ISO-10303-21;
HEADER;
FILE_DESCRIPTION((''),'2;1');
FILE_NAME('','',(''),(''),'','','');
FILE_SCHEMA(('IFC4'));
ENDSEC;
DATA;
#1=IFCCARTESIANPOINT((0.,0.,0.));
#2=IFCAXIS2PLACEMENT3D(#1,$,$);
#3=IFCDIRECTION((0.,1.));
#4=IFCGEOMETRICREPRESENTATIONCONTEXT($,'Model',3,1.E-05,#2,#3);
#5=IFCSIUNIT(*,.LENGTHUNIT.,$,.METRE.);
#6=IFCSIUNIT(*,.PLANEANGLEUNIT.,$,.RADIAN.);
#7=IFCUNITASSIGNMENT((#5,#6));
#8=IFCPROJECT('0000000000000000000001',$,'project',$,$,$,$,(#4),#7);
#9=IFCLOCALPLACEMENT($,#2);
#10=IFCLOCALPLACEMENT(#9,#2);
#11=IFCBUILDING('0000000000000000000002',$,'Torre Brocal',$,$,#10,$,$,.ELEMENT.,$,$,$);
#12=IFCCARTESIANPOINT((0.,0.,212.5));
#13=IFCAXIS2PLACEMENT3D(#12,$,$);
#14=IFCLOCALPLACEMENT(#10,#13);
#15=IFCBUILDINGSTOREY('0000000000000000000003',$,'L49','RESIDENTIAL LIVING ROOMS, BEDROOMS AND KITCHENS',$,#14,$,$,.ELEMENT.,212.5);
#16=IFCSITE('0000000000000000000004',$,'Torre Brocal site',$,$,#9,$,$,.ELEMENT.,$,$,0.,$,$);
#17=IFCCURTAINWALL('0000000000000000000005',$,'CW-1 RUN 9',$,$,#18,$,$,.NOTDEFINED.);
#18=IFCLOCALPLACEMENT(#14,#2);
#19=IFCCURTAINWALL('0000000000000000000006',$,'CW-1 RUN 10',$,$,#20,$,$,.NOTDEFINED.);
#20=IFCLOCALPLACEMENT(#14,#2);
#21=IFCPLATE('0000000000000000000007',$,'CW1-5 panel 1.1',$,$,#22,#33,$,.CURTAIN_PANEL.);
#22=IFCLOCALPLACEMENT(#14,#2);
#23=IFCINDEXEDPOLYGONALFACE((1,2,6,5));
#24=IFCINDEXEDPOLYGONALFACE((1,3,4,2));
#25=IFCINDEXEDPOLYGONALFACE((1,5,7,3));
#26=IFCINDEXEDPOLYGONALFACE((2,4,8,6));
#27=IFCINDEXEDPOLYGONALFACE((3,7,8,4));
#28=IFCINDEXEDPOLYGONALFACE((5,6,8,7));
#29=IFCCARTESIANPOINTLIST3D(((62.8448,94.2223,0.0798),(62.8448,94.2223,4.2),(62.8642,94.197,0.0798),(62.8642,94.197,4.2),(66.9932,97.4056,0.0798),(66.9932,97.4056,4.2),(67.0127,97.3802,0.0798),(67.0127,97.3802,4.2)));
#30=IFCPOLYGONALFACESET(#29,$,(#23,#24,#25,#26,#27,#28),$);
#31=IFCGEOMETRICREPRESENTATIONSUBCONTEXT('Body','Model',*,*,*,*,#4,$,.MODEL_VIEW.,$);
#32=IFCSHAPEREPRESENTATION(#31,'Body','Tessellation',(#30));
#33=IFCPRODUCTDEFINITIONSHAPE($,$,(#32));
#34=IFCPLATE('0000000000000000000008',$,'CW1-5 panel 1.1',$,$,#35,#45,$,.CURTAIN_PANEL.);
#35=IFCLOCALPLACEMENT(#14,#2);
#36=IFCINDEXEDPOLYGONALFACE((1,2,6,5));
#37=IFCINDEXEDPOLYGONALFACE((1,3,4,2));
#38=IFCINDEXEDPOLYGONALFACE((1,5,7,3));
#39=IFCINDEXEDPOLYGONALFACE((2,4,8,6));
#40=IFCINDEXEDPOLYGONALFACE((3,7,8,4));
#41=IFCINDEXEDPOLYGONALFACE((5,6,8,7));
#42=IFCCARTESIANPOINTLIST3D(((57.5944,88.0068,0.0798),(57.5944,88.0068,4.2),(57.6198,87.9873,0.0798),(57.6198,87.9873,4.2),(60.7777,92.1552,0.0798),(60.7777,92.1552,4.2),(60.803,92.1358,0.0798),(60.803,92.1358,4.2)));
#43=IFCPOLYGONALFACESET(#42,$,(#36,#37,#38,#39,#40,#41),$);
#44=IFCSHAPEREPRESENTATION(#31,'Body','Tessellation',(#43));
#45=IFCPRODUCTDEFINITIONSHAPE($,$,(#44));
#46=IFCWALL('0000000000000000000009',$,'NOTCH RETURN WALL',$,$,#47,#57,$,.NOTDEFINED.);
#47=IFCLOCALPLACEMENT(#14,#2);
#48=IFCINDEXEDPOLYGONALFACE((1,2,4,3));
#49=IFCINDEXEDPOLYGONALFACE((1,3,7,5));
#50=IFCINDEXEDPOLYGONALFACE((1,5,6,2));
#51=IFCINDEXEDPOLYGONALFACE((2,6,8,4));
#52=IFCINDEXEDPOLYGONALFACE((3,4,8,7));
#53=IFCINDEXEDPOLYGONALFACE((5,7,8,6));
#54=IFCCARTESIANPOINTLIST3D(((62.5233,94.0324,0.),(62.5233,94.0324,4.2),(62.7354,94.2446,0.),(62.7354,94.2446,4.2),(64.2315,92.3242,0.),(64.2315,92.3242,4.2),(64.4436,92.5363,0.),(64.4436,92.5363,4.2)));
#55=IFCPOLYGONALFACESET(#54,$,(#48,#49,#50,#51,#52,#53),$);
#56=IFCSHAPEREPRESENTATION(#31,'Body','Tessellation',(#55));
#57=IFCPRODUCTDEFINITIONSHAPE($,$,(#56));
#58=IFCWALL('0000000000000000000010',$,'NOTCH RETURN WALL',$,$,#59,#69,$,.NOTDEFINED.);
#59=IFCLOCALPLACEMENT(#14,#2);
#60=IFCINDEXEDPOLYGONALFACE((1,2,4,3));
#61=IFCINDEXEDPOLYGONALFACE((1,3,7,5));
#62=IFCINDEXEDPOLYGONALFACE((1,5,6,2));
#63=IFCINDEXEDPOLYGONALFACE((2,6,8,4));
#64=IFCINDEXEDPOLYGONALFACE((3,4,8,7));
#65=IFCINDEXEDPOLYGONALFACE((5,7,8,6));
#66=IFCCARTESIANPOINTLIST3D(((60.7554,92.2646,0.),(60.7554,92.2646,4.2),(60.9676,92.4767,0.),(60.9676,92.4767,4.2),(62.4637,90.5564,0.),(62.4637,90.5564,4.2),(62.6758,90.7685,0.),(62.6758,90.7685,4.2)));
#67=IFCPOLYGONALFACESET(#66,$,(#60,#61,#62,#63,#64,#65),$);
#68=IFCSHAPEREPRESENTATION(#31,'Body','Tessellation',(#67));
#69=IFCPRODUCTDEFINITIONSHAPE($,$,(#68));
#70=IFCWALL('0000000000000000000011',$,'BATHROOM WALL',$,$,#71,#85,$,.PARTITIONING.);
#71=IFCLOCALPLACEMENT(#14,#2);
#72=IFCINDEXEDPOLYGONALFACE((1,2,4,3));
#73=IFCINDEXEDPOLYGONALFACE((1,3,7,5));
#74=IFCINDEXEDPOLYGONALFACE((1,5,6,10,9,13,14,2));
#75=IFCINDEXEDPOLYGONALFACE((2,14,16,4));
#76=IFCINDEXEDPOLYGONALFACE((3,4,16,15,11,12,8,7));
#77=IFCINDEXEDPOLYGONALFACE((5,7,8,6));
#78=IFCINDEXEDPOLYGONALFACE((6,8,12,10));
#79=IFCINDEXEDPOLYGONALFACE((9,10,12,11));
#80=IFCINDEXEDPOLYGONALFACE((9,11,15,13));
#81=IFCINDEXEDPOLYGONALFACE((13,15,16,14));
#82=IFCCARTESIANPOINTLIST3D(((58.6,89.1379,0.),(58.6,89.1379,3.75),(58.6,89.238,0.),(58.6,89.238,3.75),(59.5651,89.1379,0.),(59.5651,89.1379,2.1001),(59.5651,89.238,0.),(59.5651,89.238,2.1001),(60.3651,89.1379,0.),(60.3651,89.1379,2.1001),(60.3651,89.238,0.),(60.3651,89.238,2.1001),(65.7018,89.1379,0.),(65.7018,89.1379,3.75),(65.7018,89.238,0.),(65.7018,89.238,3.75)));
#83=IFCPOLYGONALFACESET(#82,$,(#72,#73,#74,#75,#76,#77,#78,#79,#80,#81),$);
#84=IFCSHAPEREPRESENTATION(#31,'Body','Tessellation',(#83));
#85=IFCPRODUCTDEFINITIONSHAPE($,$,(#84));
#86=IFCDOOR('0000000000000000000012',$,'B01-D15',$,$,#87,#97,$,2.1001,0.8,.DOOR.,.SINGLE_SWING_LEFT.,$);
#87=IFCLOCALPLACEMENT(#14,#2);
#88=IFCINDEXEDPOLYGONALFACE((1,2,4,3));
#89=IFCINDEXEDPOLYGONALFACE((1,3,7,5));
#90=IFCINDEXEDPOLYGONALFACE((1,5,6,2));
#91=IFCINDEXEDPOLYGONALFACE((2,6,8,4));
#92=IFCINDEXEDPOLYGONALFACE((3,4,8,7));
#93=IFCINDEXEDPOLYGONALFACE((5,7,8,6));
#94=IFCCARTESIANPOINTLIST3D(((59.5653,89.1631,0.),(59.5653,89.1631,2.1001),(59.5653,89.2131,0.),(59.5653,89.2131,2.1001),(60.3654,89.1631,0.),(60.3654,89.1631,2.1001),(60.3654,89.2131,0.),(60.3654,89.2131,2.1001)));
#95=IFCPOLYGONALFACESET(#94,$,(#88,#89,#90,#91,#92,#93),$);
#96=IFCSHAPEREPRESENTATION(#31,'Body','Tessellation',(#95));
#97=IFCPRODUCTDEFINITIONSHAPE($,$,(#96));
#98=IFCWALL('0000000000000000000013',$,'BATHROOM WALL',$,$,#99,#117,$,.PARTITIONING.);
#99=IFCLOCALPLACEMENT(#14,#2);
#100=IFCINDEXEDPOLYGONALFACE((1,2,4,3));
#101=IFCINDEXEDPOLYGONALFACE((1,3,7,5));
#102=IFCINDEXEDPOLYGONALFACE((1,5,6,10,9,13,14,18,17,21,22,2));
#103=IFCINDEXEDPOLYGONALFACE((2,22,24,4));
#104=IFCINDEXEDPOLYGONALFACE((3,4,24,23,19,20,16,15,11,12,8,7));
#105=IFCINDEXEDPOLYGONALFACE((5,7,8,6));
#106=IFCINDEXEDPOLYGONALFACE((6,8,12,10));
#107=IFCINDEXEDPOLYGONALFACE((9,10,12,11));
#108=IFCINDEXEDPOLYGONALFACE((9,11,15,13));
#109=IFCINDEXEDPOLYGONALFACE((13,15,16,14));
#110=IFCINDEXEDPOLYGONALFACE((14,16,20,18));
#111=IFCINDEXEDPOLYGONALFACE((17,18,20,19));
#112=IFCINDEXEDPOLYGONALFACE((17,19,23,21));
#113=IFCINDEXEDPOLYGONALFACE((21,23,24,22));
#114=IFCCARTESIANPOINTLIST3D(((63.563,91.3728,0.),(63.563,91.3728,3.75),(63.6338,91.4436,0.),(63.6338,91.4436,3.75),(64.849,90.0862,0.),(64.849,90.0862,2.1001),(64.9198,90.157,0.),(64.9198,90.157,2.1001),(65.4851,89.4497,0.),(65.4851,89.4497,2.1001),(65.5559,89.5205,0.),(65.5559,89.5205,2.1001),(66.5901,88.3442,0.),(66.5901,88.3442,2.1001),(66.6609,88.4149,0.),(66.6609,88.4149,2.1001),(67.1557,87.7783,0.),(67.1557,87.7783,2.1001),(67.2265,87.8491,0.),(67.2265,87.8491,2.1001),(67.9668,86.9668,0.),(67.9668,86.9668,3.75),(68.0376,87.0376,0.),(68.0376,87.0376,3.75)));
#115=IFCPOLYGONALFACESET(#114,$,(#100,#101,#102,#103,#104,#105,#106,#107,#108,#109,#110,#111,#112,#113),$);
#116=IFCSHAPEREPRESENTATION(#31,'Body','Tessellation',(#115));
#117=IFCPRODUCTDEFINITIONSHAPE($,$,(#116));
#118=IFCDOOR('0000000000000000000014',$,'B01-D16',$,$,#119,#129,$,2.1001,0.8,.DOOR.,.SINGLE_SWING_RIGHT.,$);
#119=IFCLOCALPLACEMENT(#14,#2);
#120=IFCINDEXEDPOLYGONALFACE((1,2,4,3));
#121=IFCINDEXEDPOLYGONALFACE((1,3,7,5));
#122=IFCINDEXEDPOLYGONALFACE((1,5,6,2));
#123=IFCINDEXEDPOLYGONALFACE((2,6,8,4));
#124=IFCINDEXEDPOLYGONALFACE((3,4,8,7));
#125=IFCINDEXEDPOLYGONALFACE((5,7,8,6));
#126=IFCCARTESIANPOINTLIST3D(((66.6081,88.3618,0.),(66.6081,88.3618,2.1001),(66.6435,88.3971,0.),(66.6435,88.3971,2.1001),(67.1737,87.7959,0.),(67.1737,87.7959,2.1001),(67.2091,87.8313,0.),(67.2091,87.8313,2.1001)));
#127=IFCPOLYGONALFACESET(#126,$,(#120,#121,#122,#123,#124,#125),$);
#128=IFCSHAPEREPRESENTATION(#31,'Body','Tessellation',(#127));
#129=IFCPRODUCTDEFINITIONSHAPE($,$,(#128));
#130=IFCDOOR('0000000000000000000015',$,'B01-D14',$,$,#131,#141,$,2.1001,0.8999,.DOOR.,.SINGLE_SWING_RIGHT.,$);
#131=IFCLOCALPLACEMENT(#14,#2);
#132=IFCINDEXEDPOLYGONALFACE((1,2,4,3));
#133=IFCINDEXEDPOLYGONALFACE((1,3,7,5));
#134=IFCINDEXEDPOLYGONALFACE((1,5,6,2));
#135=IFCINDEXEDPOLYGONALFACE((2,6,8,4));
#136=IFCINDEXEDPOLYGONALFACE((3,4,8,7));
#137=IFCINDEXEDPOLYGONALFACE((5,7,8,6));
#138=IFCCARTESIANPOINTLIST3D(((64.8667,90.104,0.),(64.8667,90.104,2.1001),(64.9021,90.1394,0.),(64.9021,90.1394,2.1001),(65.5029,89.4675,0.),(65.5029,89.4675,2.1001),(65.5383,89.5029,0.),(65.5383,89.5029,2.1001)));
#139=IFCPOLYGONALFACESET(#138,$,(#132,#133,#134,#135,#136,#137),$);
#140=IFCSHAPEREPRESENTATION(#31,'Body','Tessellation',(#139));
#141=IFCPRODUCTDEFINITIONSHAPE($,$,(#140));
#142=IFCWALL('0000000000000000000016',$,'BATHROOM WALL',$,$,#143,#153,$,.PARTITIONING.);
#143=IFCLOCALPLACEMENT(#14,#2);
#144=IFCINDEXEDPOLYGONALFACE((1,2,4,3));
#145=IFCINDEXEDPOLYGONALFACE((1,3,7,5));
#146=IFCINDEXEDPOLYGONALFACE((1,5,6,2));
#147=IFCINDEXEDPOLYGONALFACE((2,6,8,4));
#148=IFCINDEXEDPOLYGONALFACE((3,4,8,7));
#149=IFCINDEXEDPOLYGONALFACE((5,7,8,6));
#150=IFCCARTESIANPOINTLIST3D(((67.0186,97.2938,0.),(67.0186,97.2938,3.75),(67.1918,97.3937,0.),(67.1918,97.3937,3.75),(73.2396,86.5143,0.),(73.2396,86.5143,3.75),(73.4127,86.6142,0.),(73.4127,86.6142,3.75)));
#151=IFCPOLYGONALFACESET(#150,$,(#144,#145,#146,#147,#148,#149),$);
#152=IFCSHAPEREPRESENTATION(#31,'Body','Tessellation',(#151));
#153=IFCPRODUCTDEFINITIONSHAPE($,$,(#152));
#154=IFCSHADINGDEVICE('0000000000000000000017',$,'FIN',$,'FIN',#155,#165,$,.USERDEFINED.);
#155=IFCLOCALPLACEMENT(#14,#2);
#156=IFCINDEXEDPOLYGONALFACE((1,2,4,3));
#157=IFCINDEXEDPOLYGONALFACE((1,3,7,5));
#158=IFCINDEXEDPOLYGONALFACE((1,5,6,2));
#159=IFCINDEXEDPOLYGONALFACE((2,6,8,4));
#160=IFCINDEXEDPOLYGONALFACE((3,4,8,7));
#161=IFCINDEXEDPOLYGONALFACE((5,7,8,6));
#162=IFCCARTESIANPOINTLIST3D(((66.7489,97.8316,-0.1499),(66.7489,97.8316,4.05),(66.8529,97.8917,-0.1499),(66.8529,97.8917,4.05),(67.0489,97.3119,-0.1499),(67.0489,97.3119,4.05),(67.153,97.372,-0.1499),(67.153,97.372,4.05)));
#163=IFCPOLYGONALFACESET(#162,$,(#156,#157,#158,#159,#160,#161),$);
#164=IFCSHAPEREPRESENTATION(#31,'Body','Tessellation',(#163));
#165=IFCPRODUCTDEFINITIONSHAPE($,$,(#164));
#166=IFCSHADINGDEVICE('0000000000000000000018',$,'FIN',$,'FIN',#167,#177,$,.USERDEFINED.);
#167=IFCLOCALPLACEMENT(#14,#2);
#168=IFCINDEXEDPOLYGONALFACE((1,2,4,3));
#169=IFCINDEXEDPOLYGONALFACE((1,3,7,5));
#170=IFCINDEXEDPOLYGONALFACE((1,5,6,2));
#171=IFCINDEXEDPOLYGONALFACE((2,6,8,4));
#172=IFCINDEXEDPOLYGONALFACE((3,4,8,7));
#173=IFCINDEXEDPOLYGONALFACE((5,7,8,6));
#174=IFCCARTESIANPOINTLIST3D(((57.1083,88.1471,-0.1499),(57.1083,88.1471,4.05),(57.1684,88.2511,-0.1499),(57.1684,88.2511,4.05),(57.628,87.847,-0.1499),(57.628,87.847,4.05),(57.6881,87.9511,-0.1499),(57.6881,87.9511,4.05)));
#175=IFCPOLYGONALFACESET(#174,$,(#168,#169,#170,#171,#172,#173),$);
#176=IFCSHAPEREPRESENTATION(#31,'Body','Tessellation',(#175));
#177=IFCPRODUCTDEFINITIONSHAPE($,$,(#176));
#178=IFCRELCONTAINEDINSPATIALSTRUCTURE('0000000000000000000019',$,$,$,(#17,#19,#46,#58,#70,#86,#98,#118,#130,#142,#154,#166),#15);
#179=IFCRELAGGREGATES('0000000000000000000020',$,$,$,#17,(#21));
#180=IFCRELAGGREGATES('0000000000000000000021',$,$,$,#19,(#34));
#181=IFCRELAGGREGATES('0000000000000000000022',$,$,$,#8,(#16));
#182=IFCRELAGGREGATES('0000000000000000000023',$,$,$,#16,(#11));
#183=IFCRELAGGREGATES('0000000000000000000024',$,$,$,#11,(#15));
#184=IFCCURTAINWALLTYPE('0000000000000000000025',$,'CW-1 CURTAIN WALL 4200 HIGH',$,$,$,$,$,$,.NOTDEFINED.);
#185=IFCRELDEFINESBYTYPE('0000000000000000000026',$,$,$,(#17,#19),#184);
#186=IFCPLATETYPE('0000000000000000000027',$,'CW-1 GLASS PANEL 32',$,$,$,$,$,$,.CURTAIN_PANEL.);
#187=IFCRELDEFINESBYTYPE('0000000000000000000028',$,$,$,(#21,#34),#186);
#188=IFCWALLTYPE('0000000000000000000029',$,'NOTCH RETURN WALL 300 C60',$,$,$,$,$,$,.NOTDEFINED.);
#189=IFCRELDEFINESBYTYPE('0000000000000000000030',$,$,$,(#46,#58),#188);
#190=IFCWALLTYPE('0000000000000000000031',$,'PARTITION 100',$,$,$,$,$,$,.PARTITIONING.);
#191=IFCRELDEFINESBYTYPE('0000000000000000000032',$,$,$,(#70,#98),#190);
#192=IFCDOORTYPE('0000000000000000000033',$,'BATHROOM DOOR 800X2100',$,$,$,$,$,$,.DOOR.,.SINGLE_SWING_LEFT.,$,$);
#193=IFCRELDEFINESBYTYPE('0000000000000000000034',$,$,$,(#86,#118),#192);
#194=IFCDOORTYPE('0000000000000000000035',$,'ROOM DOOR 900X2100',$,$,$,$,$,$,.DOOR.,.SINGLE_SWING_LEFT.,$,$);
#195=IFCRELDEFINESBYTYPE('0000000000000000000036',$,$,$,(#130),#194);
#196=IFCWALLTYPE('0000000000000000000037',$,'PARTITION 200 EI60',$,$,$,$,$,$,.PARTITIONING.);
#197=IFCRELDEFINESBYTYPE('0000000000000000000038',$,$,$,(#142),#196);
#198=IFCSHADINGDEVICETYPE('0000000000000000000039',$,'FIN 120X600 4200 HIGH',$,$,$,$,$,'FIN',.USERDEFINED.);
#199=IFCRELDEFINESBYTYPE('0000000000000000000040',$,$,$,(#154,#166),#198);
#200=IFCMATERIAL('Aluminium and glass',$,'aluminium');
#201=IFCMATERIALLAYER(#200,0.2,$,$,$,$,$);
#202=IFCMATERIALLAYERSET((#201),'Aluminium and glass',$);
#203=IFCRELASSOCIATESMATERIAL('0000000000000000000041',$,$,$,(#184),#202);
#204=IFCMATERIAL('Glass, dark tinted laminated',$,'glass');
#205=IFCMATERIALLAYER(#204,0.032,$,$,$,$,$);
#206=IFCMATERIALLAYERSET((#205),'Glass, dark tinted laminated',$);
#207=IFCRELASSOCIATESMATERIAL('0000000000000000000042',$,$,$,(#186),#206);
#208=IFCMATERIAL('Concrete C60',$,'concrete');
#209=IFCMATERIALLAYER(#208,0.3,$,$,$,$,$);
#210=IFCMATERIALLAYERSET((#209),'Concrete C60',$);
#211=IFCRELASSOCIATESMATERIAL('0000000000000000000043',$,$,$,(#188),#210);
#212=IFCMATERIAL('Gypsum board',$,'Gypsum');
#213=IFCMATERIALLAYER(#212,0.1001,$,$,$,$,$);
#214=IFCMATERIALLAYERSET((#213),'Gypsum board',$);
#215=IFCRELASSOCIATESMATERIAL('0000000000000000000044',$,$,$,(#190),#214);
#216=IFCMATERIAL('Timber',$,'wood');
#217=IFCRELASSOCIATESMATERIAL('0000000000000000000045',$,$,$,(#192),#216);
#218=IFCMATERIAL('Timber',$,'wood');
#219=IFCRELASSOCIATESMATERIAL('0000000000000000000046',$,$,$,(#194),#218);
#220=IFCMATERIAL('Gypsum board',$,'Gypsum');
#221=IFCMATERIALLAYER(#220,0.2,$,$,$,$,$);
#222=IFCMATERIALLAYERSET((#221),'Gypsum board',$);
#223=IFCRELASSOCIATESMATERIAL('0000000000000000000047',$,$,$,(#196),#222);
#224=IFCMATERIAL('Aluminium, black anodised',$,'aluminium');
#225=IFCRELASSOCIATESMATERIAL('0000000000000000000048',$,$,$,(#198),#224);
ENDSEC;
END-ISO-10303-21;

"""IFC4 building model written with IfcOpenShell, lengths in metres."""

from ifc_helpers import new_model, si_unit, direction, frame, frame_2d, origin, origin_2d, place, context, subcontext, project, spatial, rectangle, extrude, material, layer, layer_set, material_profile, profile_set, type_object, element, fill, aggregate, save


model = new_model("IFC4")

# Units and contexts
model_context = context("Model", 3, precision=1e-05, world=origin(), true_north=direction((0.0, 1.0)))
body_context = subcontext(model_context, "Body", "Model", "MODEL_VIEW")
ifc_project = project(units=[si_unit("LENGTHUNIT", "METRE"), si_unit("PLANEANGLEUNIT", "RADIAN")], contexts=[model_context])

# Site, building, storey
site_placement = place(None, origin())
site = spatial("IfcSite", under=ifc_project, at=site_placement, Name="Torre Brocal site", CompositionType="ELEMENT", RefElevation=0.0)
building_placement = place(site_placement, origin())
building = spatial("IfcBuilding", under=site, at=building_placement, Name="Torre Brocal", CompositionType="ELEMENT")
storey_placement = place(building_placement, frame((0.0, 0.0, 212.5)))
storey = spatial("IfcBuildingStorey", under=building, at=storey_placement, Name="L49", Description="RESIDENTIAL LIVING ROOMS, BEDROOMS AND KITCHENS", CompositionType="ELEMENT", Elevation=212.5)

# Shared definitions
ifc_material_1 = material(Name="Aluminium and glass", Category="aluminium")
ifc_layer_1 = layer(ifc_material_1, 0.2)
ifc_layer_set_1 = layer_set([ifc_layer_1], Name="Aluminium and glass")
curtain_wall_type = type_object("IfcCurtainWallType", Name="CW-1 CURTAIN WALL 4200 HIGH", PredefinedType="NOTDEFINED", material=ifc_layer_set_1)

# Curtain walls
curtain_wall_1_placement = place(storey_placement, origin())
curtain_wall_1 = element("IfcCurtainWall", 1, at=curtain_wall_1_placement, inside=storey, type_object=curtain_wall_type, Name="CW-1 RUN 9", PredefinedType="NOTDEFINED")
curtain_wall_2_placement = place(storey_placement, origin())
curtain_wall_2 = element("IfcCurtainWall", 2, at=curtain_wall_2_placement, inside=storey, type_object=curtain_wall_type, Name="CW-1 RUN 10", PredefinedType="NOTDEFINED")

# Plates
ifc_material_2 = material(Name="Glass, dark tinted laminated", Category="glass")
ifc_layer_2 = layer(ifc_material_2, 0.032)
ifc_layer_set_2 = layer_set([ifc_layer_2], Name="Glass, dark tinted laminated")
plate_type = type_object("IfcPlateType", Name="CW-1 GLASS PANEL 32", PredefinedType="CURTAIN_PANEL", material=ifc_layer_set_2)
plate_1_placement = place(storey_placement, frame((64.9287, 95.8013, 0.0798), z_axis=(0.0, 0.0, 1.0), x_axis=(-0.793353, -0.608761, 0.0)))
plate_1 = element("IfcPlate", 3, at=plate_1_placement, type_object=plate_type, Name="CW1-5 panel 1.1", PredefinedType="CURTAIN_PANEL", context=body_context, shape_type="SweptSolid", body=[
    extrude(rectangle(XDim=5.229, YDim=0.032, at=origin_2d()), origin(), (0.0, 0.0, 1.0), 4.1201),
])
aggregate(curtain_wall_1, [plate_1])
plate_2_placement = place(storey_placement, frame((59.1987, 90.0713, 0.0798), z_axis=(0.0, 0.0, 1.0), x_axis=(-0.608761, -0.793353, 0.0)))
plate_2 = element("IfcPlate", 4, at=plate_2_placement, type_object=plate_type, Name="CW1-5 panel 1.1", PredefinedType="CURTAIN_PANEL", context=body_context, shape_type="SweptSolid", body=[
    extrude(rectangle(XDim=5.229, YDim=0.032, at=origin_2d()), origin(), (0.0, 0.0, 1.0), 4.1201),
])
aggregate(curtain_wall_2, [plate_2])

# Walls
ifc_material_3 = material(Name="Concrete C60", Category="concrete")
ifc_layer_3 = layer(ifc_material_3, 0.3)
ifc_layer_set_3 = layer_set([ifc_layer_3], Name="Concrete C60")
wall_type_1 = type_object("IfcWallType", Name="NOTCH RETURN WALL 300 C60", PredefinedType="NOTDEFINED", material=ifc_layer_set_3)
for number, where, z_axis, x_axis, name in (
    (5, (64.3376, 92.4302, 0.0), (0.0, 0.0, 1.0), (-0.707107, 0.707107, 0.0), "NOTCH RETURN WALL"),
    (6, (62.5698, 90.6624, 0.0), (0.0, 0.0, 1.0), (-0.707107, 0.707107, 0.0), "NOTCH RETURN WALL"),
):
    element("IfcWall", number, at=place(storey_placement, frame(where, z_axis=z_axis, x_axis=x_axis)), inside=storey, type_object=wall_type_1, Name=name, PredefinedType="NOTDEFINED", context=body_context, shape_type="SweptSolid", body=[
        extrude(rectangle(XDim=2.4158, YDim=0.3, at=frame_2d((1.208, 0.0))), origin(), (0.0, 0.0, 1.0), 4.2),
    ])

# Wall, opening, door
ifc_material_4 = material(Name="Gypsum board", Category="Gypsum")
ifc_layer_4 = layer(ifc_material_4, 0.1001)
ifc_layer_set_4 = layer_set([ifc_layer_4], Name="Gypsum board")
wall_type_2 = type_object("IfcWallType", Name="PARTITION 100", PredefinedType="PARTITIONING", material=ifc_layer_set_4)
wall_1_placement = place(storey_placement, frame((58.6001, 89.188, 0.0), z_axis=(0.0, 0.0, 1.0), x_axis=(1.0, 0.0, 0.0)))
wall_1 = element("IfcWall", 7, at=wall_1_placement, inside=storey, type_object=wall_type_2, Name="BATHROOM WALL", PredefinedType="PARTITIONING", context=body_context, shape_type="SweptSolid", body=[
    extrude(rectangle(XDim=7.1018, YDim=0.1001, at=frame_2d((3.5508, 0.0))), origin(), (0.0, 0.0, 1.0), 3.75),
])
opening_1_placement = place(wall_1_placement, frame((0.9651, 0.0, 0.0)))
opening_1 = element("IfcOpeningElement", 8, at=opening_1_placement, cuts=wall_1, PredefinedType="OPENING", context=body_context, shape_type="SweptSolid", body=[
    extrude(rectangle(XDim=0.8, YDim=2.1001, at=frame_2d((0.3999, 1.05))), frame((0.0, 0.0601, 0.0), z_axis=(0.0, -1.0, 0.0), x_axis=(1.0, 0.0, 0.0)), (0.0, 0.0, 1.0), 0.1201),
])
ifc_material_5 = material(Name="Timber", Category="wood")
door_type_1 = type_object("IfcDoorType", Name="BATHROOM DOOR 800X2100", OperationType="SINGLE_SWING_LEFT", PredefinedType="DOOR", material=ifc_material_5)
door_1_placement = place(opening_1_placement, frame((0.8, 0.0, 0.0), z_axis=(0.0, 0.0, 1.0), x_axis=(-1.0, 0.0, 0.0)))
door_1 = element("IfcDoor", 9, at=door_1_placement, inside=storey, type_object=door_type_1, Name="B01-D15", OperationType="SINGLE_SWING_LEFT", OverallHeight=2.1001, OverallWidth=0.8, PredefinedType="DOOR", context=body_context, shape_type="SweptSolid", body=[
    extrude(rectangle(XDim=0.8, YDim=2.1001, at=frame_2d((0.3999, 1.05))), frame((0.0, 0.0249, 0.0), z_axis=(0.0, -1.0, 0.0), x_axis=(1.0, 0.0, 0.0)), (0.0, 0.0, 1.0), 0.05),
])
fill(opening_1, door_1)

# Wall, openings, doors
wall_2_placement = place(storey_placement, frame((63.5984, 91.4082, 0.0), z_axis=(0.0, 0.0, 1.0), x_axis=(0.70693, -0.707283, 0.0)))
wall_2 = element("IfcWall", 10, at=wall_2_placement, inside=storey, type_object=wall_type_2, Name="BATHROOM WALL", PredefinedType="PARTITIONING", context=body_context, shape_type="SweptSolid", body=[
    extrude(rectangle(XDim=6.2295, YDim=0.1001, at=frame_2d((3.1147, 0.0))), origin(), (0.0, 0.0, 1.0), 3.75),
])
opening_2_placement = place(wall_2_placement, frame((1.8191, 0.0, 0.0)))
opening_2 = element("IfcOpeningElement", 11, at=opening_2_placement, cuts=wall_2, PredefinedType="OPENING", context=body_context, shape_type="SweptSolid", body=[
    extrude(rectangle(XDim=0.8999, YDim=2.1001, at=frame_2d((0.45, 1.05))), frame((0.0, 0.0601, 0.0), z_axis=(0.0, -1.0, 0.0), x_axis=(1.0, 0.0, 0.0)), (0.0, 0.0, 1.0), 0.1201),
])
opening_3_placement = place(wall_2_placement, frame((4.2822, 0.0, 0.0)))
opening_3 = element("IfcOpeningElement", 12, at=opening_3_placement, cuts=wall_2, PredefinedType="OPENING", context=body_context, shape_type="SweptSolid", body=[
    extrude(rectangle(XDim=0.8, YDim=2.1001, at=frame_2d((0.3999, 1.05))), frame((0.0, 0.0601, 0.0), z_axis=(0.0, -1.0, 0.0), x_axis=(1.0, 0.0, 0.0)), (0.0, 0.0, 1.0), 0.1201),
])
door_2_placement = place(opening_3_placement, frame((0.8, 0.0, 0.0), z_axis=(0.0, 0.0, 1.0), x_axis=(-1.0, 0.0, 0.0)))
door_2 = element("IfcDoor", 13, at=door_2_placement, inside=storey, type_object=door_type_1, Name="B01-D16", OperationType="SINGLE_SWING_RIGHT", OverallHeight=2.1001, OverallWidth=0.8, PredefinedType="DOOR", context=body_context, shape_type="SweptSolid", body=[
    extrude(rectangle(XDim=0.8, YDim=2.1001, at=frame_2d((0.3999, 1.05))), frame((0.0, 0.0249, 0.0), z_axis=(0.0, -1.0, 0.0), x_axis=(1.0, 0.0, 0.0)), (0.0, 0.0, 1.0), 0.05),
])
fill(opening_3, door_2)
ifc_material_6 = material(Name="Timber", Category="wood")
door_type_2 = type_object("IfcDoorType", Name="ROOM DOOR 900X2100", OperationType="SINGLE_SWING_LEFT", PredefinedType="DOOR", material=ifc_material_6)
door_3_placement = place(opening_2_placement, frame((0.8999, 0.0, 0.0), z_axis=(0.0, 0.0, 1.0), x_axis=(-1.0, 0.0, 0.0)))
door_3 = element("IfcDoor", 14, at=door_3_placement, inside=storey, type_object=door_type_2, Name="B01-D14", OperationType="SINGLE_SWING_RIGHT", OverallHeight=2.1001, OverallWidth=0.8999, PredefinedType="DOOR", context=body_context, shape_type="SweptSolid", body=[
    extrude(rectangle(XDim=0.8999, YDim=2.1001, at=frame_2d((0.45, 1.05))), frame((0.0, 0.0249, 0.0), z_axis=(0.0, -1.0, 0.0), x_axis=(1.0, 0.0, 0.0)), (0.0, 0.0, 1.0), 0.05),
])
fill(opening_2, door_3)

# Wall
ifc_material_7 = material(Name="Gypsum board", Category="Gypsum")
ifc_layer_5 = layer(ifc_material_7, 0.2)
ifc_layer_set_5 = layer_set([ifc_layer_5], Name="Gypsum board")
wall_type_3 = type_object("IfcWallType", Name="PARTITION 200 EI60", PredefinedType="PARTITIONING", material=ifc_layer_set_5)
wall_3_placement = place(storey_placement, frame((67.1052, 97.3438, 0.0), z_axis=(0.0, 0.0, 1.0), x_axis=(0.499842, -0.866117, 0.0)))
element("IfcWall", 15, at=wall_3_placement, inside=storey, type_object=wall_type_3, Name="BATHROOM WALL", PredefinedType="PARTITIONING", context=body_context, shape_type="SweptSolid", body=[
    extrude(rectangle(XDim=12.4458, YDim=0.2, at=frame_2d((6.2229, 0.0))), origin(), (0.0, 0.0, 1.0), 3.75),
])

# Shading devices
ifc_material_8 = material(Name="Aluminium, black anodised", Category="aluminium")
ifc_material_profile_1 = material_profile(ifc_material_8, rectangle(XDim=0.1201, YDim=0.6001, at=origin_2d()), Name="FIN 120X600 4200 HIGH")
ifc_profile_set_1 = profile_set([ifc_material_profile_1], Name="Aluminium, black anodised")
shading_device_type = type_object("IfcShadingDeviceType", Name="FIN 120X600 4200 HIGH", ElementType="FIN", PredefinedType="USERDEFINED", material=ifc_profile_set_1)
for number, where, z_axis, x_axis, name in (
    (16, (66.9509, 97.6018, -0.1499), (0.0, 0.0, 1.0), (-0.866025, -0.5, 0.0), "FIN"),
    (17, (57.3982, 88.0491, -0.1499), (0.0, 0.0, 1.0), (-0.5, -0.866025, 0.0), "FIN"),
):
    element("IfcShadingDevice", number, at=place(storey_placement, frame(where, z_axis=z_axis, x_axis=x_axis)), inside=storey, type_object=shading_device_type, Name=name, ObjectType="FIN", PredefinedType="USERDEFINED", context=body_context, shape_type="SweptSolid", body=[
        extrude(rectangle(XDim=0.1201, YDim=0.6001, at=origin_2d()), origin(), (0.0, 0.0, 1.0), 4.2),
    ])

save(model, "model.ifc")
